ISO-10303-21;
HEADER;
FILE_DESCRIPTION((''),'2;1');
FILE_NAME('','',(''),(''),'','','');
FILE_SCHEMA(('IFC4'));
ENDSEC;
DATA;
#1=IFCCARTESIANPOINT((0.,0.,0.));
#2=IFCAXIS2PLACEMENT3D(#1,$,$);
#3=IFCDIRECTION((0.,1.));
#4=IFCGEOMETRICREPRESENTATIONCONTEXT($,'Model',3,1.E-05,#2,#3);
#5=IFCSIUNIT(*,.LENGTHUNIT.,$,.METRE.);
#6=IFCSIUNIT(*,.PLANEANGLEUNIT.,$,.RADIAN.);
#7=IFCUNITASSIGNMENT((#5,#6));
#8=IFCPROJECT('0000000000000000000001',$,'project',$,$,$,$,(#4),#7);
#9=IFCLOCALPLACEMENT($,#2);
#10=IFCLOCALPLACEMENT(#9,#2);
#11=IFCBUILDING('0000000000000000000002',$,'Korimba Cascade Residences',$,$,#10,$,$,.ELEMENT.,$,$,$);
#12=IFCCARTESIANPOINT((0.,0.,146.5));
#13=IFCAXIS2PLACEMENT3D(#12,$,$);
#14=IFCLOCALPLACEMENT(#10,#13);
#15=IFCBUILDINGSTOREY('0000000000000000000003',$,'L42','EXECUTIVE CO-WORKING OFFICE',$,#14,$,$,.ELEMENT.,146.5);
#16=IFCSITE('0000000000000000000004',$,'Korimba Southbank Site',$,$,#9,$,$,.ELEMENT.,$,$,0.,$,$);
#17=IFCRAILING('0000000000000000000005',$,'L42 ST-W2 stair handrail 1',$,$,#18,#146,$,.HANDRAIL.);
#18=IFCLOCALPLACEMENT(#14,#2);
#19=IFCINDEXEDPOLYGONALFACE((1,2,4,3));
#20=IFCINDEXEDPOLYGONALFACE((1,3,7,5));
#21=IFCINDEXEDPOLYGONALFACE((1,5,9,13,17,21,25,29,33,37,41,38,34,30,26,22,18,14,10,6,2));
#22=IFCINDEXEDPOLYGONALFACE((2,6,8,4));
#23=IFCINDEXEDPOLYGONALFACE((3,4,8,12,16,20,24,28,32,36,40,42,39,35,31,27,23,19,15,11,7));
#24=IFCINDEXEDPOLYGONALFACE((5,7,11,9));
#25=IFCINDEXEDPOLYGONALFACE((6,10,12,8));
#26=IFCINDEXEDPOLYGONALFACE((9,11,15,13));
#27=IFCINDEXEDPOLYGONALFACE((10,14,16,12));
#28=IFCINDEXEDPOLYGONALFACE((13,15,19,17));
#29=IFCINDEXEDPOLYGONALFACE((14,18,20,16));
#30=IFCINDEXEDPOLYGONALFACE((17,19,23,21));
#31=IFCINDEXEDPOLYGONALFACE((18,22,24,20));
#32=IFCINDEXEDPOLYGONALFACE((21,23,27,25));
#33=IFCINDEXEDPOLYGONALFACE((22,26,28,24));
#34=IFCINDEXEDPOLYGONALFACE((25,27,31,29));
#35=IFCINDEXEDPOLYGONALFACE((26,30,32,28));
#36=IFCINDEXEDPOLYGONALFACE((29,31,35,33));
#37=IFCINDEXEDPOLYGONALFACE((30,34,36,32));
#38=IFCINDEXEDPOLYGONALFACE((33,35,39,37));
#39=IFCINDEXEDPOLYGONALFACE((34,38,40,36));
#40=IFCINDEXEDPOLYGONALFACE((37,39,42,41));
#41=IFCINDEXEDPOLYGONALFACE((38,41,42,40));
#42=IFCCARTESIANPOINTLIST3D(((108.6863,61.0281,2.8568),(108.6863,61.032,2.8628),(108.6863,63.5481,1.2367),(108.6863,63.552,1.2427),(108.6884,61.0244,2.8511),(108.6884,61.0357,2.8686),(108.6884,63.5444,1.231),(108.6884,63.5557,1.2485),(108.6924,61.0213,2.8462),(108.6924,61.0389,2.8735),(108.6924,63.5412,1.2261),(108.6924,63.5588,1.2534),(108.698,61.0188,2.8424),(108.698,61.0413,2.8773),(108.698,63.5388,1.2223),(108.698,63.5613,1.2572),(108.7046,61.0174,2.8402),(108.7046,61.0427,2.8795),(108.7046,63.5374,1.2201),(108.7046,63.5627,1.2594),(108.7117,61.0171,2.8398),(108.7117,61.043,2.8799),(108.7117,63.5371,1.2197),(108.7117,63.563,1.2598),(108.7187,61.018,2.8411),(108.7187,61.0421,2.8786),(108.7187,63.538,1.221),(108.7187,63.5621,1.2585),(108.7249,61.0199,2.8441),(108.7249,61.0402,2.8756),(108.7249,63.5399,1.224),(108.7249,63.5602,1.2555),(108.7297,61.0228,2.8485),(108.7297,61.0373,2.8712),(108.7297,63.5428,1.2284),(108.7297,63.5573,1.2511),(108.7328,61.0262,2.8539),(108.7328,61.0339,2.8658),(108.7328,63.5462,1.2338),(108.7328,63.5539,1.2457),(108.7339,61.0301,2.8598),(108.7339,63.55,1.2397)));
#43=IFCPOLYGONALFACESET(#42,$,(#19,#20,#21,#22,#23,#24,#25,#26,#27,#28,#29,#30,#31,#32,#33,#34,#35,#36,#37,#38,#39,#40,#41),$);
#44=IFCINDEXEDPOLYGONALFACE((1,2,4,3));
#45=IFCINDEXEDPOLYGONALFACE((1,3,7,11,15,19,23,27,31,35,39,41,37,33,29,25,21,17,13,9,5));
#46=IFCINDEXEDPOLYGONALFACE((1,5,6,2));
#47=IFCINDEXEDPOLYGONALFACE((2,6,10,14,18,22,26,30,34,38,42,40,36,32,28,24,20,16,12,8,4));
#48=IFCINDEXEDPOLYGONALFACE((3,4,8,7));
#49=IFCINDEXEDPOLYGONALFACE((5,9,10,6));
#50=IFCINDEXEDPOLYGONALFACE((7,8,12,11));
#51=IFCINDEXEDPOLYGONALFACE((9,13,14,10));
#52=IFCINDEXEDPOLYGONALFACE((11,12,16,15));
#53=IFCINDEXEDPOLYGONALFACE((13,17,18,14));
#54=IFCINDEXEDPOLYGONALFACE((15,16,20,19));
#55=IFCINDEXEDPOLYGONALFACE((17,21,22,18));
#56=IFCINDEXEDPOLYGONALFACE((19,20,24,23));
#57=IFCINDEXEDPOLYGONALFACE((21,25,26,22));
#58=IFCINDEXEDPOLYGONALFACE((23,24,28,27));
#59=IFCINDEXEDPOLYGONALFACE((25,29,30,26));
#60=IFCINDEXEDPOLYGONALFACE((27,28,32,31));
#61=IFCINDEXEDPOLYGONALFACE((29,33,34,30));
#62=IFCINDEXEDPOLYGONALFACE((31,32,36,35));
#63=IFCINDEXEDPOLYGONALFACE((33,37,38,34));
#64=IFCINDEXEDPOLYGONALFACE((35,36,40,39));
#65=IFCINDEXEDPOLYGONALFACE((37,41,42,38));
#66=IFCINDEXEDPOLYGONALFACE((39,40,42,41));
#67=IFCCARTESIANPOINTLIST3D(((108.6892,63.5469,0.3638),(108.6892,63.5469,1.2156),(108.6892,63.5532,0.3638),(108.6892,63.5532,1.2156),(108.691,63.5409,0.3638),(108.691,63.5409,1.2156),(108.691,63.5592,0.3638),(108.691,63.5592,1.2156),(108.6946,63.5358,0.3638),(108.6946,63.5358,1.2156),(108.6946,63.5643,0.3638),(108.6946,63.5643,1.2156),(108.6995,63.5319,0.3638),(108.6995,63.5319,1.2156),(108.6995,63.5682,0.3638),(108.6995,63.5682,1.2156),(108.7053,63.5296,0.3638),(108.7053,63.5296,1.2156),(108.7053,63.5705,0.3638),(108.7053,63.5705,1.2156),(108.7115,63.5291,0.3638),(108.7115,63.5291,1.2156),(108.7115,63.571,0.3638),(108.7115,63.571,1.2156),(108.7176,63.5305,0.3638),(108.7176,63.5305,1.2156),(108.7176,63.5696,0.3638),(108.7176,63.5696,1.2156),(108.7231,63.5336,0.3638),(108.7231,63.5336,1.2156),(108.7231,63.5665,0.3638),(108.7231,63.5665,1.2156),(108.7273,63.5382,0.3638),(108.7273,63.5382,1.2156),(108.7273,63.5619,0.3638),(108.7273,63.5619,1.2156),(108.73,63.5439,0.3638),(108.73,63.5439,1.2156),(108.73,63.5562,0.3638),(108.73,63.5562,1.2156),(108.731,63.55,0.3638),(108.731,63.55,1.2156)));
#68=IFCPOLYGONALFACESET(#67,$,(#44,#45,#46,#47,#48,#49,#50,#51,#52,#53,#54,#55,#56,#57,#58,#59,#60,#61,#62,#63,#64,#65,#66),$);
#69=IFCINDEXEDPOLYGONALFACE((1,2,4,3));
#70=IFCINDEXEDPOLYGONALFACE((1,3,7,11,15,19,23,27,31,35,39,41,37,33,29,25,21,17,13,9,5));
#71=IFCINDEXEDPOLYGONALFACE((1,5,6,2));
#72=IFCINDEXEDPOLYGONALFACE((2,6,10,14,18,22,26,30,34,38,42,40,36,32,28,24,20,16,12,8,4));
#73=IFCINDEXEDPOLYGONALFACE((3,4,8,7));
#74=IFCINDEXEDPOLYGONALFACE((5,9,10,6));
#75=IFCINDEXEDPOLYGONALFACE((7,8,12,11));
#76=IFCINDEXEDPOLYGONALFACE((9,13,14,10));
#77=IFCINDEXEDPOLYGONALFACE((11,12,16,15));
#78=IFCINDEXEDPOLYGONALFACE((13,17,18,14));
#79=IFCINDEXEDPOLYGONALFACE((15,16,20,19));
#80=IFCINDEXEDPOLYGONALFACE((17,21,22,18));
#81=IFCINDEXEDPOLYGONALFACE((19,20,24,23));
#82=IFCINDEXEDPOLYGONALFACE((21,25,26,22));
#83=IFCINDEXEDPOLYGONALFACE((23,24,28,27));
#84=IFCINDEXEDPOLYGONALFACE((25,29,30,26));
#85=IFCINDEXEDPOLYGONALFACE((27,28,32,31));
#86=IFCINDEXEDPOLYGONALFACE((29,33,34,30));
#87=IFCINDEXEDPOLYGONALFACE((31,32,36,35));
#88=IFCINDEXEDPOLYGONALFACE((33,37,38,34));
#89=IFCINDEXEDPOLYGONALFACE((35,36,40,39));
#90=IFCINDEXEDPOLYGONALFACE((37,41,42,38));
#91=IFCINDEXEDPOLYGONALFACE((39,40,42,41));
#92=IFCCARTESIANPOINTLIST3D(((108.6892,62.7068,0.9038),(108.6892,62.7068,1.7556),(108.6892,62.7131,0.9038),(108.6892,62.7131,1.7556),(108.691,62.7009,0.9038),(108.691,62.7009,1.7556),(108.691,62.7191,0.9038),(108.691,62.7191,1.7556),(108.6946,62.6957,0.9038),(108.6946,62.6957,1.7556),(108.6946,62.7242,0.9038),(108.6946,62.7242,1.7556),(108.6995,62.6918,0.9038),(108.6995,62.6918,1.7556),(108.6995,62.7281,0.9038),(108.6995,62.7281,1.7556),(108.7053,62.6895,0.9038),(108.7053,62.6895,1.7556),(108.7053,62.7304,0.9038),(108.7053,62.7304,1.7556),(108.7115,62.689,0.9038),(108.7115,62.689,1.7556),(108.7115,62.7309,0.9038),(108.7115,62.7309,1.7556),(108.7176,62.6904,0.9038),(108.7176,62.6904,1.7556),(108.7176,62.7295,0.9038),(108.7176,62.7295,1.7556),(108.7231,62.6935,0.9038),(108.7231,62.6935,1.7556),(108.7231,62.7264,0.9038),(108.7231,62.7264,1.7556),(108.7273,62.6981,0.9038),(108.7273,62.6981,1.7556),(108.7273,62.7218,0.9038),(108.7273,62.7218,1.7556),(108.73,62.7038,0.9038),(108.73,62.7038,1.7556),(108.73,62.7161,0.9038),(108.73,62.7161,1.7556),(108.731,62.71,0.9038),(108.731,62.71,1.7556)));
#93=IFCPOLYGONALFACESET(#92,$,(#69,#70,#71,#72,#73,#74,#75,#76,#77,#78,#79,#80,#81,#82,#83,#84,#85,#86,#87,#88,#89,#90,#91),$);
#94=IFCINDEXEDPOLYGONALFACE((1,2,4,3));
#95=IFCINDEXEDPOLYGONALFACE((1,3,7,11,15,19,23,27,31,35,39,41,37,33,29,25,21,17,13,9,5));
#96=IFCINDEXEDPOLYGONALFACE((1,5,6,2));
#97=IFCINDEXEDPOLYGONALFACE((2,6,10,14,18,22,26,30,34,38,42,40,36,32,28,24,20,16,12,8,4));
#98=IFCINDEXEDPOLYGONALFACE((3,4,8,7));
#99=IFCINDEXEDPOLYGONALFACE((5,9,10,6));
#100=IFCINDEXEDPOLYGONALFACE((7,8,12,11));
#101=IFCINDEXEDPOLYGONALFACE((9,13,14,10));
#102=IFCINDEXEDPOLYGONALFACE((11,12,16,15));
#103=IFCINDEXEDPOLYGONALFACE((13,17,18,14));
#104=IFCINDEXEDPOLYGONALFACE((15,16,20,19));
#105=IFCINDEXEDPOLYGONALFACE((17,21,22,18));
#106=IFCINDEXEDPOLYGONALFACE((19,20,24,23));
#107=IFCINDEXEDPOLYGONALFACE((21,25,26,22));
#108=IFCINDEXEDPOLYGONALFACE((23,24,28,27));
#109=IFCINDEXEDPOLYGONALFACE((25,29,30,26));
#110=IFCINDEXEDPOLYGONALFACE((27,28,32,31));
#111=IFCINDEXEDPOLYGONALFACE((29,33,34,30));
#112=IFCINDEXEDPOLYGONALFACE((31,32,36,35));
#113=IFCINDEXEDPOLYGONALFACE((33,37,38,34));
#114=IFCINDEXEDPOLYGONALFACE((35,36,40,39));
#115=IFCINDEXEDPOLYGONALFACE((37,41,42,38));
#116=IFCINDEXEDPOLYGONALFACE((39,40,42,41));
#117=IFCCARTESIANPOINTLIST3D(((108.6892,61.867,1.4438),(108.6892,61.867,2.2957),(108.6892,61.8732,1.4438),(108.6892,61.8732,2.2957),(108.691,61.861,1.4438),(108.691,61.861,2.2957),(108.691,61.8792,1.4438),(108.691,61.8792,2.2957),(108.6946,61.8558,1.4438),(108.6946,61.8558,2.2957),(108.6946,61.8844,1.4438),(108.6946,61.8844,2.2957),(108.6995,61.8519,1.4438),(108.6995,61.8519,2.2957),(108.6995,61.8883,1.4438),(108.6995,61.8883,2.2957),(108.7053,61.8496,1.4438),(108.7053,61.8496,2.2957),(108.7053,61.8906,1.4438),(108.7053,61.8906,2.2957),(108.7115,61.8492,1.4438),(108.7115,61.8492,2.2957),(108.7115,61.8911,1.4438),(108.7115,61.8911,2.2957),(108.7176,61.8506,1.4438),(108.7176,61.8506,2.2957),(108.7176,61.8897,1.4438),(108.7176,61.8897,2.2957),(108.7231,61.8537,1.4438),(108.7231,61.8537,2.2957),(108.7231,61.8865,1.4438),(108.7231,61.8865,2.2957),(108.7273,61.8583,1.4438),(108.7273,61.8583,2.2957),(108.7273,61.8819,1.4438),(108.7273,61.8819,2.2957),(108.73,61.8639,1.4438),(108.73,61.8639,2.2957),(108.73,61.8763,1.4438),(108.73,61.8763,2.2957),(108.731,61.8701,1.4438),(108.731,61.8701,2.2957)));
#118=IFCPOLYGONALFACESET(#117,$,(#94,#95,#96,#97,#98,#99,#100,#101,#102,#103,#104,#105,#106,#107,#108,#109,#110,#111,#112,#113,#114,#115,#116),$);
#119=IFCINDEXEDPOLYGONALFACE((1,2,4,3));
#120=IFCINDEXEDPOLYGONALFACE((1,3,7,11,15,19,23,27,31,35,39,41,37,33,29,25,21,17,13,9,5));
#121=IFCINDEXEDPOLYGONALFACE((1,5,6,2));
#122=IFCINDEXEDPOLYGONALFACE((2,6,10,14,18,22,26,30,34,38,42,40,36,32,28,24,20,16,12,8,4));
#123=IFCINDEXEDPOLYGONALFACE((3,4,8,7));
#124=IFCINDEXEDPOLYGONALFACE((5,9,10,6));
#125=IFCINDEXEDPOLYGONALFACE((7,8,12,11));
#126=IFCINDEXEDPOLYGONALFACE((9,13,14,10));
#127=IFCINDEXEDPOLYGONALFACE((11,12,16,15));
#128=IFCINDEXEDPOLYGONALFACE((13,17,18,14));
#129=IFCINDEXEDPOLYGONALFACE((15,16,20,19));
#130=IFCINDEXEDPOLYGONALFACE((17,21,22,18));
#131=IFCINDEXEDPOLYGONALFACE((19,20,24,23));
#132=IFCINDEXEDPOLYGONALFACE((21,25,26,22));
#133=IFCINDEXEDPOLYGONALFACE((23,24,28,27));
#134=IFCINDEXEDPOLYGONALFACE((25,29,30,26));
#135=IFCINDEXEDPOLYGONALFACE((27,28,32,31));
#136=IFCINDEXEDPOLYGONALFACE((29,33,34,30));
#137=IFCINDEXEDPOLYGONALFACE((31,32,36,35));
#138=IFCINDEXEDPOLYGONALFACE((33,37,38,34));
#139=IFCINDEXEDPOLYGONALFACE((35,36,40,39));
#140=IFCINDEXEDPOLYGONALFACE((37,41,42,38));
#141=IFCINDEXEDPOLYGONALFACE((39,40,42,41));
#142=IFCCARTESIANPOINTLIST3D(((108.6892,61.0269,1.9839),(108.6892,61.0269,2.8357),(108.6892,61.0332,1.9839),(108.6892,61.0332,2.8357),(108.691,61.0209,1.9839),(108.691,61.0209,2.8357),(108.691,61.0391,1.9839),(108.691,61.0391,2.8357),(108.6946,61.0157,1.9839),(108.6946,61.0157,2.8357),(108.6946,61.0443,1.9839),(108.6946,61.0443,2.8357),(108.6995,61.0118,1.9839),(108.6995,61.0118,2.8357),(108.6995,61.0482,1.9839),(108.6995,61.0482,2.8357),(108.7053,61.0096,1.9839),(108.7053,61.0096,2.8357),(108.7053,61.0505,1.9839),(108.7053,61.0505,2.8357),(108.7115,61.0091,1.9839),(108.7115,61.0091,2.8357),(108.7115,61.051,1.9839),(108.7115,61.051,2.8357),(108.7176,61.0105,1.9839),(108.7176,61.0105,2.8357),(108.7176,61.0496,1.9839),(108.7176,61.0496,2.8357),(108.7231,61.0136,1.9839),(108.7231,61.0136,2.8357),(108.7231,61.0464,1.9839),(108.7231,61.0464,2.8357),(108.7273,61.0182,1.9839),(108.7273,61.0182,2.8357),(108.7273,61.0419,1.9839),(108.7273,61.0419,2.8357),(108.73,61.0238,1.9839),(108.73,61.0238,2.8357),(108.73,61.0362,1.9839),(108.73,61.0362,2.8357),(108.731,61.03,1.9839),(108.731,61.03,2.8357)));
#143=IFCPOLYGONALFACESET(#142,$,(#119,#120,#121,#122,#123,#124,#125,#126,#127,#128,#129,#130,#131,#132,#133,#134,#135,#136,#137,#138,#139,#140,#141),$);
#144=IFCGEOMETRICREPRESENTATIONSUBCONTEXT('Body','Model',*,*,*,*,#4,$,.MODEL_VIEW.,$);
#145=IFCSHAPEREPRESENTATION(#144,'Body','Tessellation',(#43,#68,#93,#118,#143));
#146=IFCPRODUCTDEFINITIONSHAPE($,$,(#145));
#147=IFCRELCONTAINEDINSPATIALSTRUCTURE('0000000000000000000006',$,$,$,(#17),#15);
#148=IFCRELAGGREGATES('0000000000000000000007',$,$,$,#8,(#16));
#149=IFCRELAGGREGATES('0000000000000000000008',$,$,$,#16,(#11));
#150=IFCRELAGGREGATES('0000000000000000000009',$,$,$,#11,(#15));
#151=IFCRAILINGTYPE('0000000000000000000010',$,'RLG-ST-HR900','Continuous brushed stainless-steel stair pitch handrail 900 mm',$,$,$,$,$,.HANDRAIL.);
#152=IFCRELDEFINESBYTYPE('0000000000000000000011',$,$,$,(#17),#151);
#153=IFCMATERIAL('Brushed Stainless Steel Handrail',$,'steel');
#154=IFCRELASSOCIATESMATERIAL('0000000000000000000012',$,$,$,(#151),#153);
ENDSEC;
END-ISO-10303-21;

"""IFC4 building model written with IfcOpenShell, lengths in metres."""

from ifc_helpers import new_model, si_unit, direction, frame, origin, origin_2d, place, context, subcontext, project, spatial, circle, extrude, material, type_object, element, save


model = new_model("IFC4")

# Units and contexts
model_context = context("Model", 3, precision=1e-05, world=origin(), true_north=direction((0.0, 1.0)))
body_context = subcontext(model_context, "Body", "Model", "MODEL_VIEW")
ifc_project = project(units=[si_unit("LENGTHUNIT", "METRE"), si_unit("PLANEANGLEUNIT", "RADIAN")], contexts=[model_context])

# Site, building, storey
site_placement = place(None, origin())
site = spatial("IfcSite", under=ifc_project, at=site_placement, Name="Korimba Southbank Site", CompositionType="ELEMENT", RefElevation=0.0)
building_placement = place(site_placement, origin())
building = spatial("IfcBuilding", under=site, at=building_placement, Name="Korimba Cascade Residences", CompositionType="ELEMENT")
storey_placement = place(building_placement, frame((0.0, 0.0, 146.5)))
storey = spatial("IfcBuildingStorey", under=building, at=storey_placement, Name="L42", Description="EXECUTIVE CO-WORKING OFFICE", CompositionType="ELEMENT", Elevation=146.5)

# Railing
ifc_material_1 = material(Name="Brushed Stainless Steel Handrail", Category="steel")
railing_type_1 = type_object("IfcRailingType", Name="RLG-ST-HR900", Description="Continuous brushed stainless-steel stair pitch handrail 900 mm", PredefinedType="HANDRAIL", material=ifc_material_1)
railing_1_placement = place(storey_placement, frame((108.71, 63.55, 0.3638)))
element("IfcRailing", 1, at=railing_1_placement, inside=storey, type_object=railing_type_1, Name="L42 ST-W2 stair handrail 1", PredefinedType="HANDRAIL", context=body_context, shape_type="SweptSolid", body=[
    extrude(circle(Radius=0.0239, at=origin_2d()), frame((0.0, 0.0, 0.876), z_axis=(0.0, -0.841163, 0.540782), x_axis=(1.0, 0.0, 0.0)), (0.0, 0.0, 1.0), 2.9958),
    extrude(circle(Radius=0.021, at=origin_2d()), origin(), (0.0, 0.0, 1.0), 0.8518),
    extrude(circle(Radius=0.021, at=origin_2d()), frame((0.0, -0.8401, 0.54)), (0.0, 0.0, 1.0), 0.8518),
    extrude(circle(Radius=0.021, at=origin_2d()), frame((0.0, -1.6799, 1.0801)), (0.0, 0.0, 1.0), 0.8518),
    extrude(circle(Radius=0.021, at=origin_2d()), frame((0.0, -2.52, 1.6201)), (0.0, 0.0, 1.0), 0.8518),
])

save(model, "model.ifc")
